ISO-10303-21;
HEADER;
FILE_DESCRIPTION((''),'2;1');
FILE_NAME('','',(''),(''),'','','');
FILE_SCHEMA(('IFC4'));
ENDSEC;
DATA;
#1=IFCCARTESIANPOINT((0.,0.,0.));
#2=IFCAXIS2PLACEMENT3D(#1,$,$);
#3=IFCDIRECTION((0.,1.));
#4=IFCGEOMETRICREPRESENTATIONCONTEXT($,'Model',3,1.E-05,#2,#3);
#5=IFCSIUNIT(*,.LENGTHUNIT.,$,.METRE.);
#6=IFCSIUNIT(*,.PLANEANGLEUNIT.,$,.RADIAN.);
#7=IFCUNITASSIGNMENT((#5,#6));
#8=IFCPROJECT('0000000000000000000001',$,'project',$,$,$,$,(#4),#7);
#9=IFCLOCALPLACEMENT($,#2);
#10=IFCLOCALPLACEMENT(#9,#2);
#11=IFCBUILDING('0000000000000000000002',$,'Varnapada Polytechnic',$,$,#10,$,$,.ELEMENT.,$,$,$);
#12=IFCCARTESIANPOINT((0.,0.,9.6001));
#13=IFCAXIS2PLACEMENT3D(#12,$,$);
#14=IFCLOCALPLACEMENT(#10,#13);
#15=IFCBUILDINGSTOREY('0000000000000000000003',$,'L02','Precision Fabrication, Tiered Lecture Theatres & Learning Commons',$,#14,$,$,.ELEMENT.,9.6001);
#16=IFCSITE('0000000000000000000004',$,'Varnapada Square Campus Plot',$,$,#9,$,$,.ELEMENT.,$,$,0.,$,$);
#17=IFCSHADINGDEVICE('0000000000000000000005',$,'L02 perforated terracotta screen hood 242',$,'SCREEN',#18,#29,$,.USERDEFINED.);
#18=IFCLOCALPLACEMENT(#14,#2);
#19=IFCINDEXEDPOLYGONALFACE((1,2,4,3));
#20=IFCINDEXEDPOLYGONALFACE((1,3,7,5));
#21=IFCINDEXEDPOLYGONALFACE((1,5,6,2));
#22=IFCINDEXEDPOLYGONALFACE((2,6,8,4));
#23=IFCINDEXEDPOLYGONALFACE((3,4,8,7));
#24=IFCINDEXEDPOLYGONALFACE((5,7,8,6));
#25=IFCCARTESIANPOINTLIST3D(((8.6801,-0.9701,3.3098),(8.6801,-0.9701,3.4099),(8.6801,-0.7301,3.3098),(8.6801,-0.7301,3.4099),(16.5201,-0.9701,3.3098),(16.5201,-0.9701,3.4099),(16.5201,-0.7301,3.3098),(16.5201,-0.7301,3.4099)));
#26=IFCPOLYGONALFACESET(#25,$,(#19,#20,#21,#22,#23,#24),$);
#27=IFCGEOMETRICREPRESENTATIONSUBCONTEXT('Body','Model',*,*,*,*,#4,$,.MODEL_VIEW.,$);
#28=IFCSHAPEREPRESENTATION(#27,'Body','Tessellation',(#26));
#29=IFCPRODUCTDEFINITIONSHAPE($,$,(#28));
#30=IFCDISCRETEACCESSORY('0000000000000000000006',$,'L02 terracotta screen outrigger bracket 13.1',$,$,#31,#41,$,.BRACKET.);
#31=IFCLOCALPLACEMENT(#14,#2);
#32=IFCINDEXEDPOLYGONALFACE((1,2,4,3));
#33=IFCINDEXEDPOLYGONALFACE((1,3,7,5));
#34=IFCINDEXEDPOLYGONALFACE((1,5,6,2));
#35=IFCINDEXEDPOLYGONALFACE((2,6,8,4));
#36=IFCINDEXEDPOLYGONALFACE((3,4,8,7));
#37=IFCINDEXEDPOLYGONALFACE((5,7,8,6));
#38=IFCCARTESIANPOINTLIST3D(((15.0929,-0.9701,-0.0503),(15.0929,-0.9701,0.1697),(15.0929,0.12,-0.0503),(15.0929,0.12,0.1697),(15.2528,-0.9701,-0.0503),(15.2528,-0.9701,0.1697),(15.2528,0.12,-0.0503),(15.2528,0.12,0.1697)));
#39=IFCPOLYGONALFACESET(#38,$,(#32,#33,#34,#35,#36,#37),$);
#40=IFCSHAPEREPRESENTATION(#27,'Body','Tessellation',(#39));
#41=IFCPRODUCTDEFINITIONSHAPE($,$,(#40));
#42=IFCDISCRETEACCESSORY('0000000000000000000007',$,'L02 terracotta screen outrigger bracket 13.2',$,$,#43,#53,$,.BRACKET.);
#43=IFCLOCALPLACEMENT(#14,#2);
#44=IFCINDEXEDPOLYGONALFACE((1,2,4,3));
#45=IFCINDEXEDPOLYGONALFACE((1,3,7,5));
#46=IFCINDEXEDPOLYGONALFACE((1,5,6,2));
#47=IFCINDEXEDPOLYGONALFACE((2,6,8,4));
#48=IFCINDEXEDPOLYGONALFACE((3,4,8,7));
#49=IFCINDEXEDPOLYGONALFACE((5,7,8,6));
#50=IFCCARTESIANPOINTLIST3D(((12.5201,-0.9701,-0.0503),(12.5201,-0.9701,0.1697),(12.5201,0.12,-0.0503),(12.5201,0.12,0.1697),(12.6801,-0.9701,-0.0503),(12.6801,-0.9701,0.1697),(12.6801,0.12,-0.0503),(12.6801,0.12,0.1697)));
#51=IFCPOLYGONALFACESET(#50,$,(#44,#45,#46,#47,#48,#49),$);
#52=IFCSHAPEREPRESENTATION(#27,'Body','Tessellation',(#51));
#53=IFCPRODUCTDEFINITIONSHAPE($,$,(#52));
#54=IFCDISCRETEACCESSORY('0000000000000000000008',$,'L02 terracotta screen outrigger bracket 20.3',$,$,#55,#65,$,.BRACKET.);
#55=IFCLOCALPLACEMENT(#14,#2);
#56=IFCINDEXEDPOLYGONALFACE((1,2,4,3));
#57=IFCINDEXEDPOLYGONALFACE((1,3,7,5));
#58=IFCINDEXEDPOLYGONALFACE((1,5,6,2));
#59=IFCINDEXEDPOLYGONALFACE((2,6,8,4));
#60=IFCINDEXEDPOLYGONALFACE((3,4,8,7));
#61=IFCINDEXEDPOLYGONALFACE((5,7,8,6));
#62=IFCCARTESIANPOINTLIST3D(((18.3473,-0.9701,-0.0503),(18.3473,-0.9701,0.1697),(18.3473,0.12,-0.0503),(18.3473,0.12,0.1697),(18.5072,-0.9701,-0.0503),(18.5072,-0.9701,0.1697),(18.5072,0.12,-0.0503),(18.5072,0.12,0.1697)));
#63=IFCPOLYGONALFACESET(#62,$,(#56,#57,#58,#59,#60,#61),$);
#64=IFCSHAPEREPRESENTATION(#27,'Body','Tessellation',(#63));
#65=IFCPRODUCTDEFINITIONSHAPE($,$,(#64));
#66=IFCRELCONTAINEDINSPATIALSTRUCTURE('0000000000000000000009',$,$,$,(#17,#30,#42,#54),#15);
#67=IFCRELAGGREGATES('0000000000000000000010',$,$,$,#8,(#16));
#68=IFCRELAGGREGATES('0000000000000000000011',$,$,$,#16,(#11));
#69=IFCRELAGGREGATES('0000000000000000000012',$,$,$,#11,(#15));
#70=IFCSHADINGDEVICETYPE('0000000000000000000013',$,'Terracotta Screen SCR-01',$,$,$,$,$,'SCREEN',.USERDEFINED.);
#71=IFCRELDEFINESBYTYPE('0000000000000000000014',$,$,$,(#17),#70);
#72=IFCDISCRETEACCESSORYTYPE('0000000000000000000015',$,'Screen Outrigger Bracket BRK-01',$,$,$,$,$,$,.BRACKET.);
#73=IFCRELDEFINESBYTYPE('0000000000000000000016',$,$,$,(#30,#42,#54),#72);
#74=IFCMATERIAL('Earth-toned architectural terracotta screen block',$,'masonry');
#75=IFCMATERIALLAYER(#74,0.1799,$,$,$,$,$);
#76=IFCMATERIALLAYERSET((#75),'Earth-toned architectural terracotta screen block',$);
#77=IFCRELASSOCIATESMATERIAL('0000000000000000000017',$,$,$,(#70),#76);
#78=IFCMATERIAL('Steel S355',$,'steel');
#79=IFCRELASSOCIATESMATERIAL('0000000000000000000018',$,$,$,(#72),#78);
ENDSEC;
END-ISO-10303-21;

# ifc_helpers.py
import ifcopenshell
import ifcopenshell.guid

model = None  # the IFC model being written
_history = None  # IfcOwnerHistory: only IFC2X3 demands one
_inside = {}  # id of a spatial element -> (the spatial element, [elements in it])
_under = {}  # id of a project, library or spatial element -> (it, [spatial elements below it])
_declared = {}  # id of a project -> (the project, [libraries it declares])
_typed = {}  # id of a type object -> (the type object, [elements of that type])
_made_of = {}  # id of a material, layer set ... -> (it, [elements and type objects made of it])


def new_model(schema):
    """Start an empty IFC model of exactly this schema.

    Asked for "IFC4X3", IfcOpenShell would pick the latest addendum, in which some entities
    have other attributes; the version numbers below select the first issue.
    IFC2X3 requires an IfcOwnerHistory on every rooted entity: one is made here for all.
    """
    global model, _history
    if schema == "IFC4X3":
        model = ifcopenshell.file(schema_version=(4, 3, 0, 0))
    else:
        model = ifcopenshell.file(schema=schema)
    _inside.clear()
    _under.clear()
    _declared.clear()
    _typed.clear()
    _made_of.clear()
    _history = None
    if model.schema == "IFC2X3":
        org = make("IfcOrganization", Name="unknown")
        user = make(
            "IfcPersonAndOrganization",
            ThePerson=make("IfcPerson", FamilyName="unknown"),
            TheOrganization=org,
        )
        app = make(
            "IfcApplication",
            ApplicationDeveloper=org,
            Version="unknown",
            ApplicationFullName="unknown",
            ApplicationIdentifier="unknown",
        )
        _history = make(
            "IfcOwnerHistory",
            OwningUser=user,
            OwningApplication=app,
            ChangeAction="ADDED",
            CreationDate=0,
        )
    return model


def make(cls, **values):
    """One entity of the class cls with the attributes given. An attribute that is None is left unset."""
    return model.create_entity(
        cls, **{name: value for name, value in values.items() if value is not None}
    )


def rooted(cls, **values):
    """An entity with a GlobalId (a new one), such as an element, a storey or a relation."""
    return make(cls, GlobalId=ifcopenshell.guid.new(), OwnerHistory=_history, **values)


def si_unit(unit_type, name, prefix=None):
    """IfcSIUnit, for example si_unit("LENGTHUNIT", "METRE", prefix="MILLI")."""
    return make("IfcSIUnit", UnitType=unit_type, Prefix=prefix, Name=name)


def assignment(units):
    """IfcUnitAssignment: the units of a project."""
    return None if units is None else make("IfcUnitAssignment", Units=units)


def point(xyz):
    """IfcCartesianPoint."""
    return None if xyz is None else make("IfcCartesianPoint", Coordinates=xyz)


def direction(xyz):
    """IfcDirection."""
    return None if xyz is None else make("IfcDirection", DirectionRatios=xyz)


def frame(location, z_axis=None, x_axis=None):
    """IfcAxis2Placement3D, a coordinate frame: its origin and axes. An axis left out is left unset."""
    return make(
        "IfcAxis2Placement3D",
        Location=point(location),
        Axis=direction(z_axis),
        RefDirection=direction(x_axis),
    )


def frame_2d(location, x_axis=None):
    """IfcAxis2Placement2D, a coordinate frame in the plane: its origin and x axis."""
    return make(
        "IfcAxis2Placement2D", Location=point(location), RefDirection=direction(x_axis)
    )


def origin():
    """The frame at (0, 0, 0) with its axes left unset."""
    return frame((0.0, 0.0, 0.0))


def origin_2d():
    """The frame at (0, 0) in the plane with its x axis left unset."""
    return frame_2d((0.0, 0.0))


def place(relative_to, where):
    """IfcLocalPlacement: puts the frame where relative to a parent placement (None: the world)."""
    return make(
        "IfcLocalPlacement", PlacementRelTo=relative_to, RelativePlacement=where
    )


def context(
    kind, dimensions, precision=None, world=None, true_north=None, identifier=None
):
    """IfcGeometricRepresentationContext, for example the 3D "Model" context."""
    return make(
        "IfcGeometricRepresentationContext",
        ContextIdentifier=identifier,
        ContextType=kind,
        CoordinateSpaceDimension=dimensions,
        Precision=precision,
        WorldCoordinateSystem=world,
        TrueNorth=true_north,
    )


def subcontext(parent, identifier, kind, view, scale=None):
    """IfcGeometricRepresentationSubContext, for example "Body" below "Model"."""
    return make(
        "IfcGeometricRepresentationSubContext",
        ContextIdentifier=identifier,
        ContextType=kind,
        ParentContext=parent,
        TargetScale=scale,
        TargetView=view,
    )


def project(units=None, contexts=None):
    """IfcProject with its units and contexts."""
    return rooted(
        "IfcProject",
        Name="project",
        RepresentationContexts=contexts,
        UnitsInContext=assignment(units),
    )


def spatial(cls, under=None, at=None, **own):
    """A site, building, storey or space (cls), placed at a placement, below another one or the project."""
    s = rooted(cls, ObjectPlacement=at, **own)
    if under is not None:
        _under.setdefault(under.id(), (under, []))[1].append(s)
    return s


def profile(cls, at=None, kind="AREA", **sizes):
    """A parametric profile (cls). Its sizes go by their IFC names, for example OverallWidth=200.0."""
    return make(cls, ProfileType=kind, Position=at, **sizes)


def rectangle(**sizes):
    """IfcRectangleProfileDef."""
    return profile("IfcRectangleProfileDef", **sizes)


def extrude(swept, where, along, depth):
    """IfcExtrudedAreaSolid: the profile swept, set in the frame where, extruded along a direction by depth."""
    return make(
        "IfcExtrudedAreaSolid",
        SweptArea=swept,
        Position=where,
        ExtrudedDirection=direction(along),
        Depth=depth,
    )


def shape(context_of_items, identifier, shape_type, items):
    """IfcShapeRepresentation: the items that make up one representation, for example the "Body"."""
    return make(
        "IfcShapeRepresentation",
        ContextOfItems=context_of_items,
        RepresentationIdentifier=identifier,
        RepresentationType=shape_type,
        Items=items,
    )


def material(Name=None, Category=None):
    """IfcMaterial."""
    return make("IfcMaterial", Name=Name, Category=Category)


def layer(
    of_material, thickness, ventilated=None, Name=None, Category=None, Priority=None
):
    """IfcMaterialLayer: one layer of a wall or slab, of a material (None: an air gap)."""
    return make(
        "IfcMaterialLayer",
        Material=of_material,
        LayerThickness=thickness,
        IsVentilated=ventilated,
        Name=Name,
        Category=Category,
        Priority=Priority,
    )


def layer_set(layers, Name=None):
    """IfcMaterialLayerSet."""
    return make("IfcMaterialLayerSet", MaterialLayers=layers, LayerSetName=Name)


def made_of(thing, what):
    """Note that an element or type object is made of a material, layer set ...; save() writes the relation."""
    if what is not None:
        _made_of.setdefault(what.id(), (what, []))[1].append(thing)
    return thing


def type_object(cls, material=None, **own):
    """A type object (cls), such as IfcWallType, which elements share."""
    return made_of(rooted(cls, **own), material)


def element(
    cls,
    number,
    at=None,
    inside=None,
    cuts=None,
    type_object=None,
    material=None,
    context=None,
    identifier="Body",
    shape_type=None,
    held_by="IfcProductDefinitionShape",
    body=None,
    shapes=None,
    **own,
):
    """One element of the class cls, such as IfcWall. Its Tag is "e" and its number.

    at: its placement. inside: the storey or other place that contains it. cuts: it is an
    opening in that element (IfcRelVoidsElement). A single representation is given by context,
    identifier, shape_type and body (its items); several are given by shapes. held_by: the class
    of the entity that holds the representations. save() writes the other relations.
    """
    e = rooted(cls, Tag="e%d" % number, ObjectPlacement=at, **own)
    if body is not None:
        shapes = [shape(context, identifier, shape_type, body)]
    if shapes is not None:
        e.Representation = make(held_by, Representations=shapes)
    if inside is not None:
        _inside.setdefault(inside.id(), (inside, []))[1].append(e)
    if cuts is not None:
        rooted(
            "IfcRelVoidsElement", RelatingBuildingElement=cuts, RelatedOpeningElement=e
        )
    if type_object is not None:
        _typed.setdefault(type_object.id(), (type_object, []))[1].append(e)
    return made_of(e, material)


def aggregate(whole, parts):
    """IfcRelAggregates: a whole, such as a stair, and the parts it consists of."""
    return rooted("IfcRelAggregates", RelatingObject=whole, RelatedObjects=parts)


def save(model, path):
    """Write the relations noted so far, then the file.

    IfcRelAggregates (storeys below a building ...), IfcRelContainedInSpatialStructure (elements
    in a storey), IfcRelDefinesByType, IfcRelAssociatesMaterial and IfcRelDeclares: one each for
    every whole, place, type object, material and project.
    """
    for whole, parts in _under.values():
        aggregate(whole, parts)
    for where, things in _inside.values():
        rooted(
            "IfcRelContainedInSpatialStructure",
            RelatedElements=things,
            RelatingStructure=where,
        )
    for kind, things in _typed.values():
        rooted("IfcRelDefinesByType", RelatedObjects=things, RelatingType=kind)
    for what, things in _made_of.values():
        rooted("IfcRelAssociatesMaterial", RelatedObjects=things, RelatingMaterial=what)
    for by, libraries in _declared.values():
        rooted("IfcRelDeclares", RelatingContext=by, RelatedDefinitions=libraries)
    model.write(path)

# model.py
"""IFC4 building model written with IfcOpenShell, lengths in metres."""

from ifc_helpers import new_model, si_unit, direction, frame, origin, origin_2d, place, context, subcontext, project, spatial, rectangle, extrude, material, layer, layer_set, type_object, element, save


model = new_model("IFC4")

# Units and contexts
model_context = context("Model", 3, precision=1e-05, world=origin(), true_north=direction((0.0, 1.0)))
body_context = subcontext(model_context, "Body", "Model", "MODEL_VIEW")
ifc_project = project(units=[si_unit("LENGTHUNIT", "METRE"), si_unit("PLANEANGLEUNIT", "RADIAN")], contexts=[model_context])

# Site, building, storey
site_placement = place(None, origin())
site = spatial("IfcSite", under=ifc_project, at=site_placement, Name="Varnapada Square Campus Plot", CompositionType="ELEMENT", RefElevation=0.0)
building_placement = place(site_placement, origin())
building = spatial("IfcBuilding", under=site, at=building_placement, Name="Varnapada Polytechnic", CompositionType="ELEMENT")
storey_placement = place(building_placement, frame((0.0, 0.0, 9.6001)))
storey = spatial("IfcBuildingStorey", under=building, at=storey_placement, Name="L02", Description="Precision Fabrication, Tiered Lecture Theatres & Learning Commons", CompositionType="ELEMENT", Elevation=9.6001)

# Shared definitions
ifc_material_1 = material(Name="Earth-toned architectural terracotta screen block", Category="masonry")

# Shading device
ifc_layer_1 = layer(ifc_material_1, 0.1799)
ifc_layer_set_1 = layer_set([ifc_layer_1], Name="Earth-toned architectural terracotta screen block")
shading_device_type_1 = type_object("IfcShadingDeviceType", Name="Terracotta Screen SCR-01", ElementType="SCREEN", PredefinedType="USERDEFINED", material=ifc_layer_set_1)
shading_device_1_placement = place(storey_placement, frame((12.6001, -0.8501, 3.3098), z_axis=(0.0, 0.0, 1.0), x_axis=(-1.0, 0.0, 0.0)))
element("IfcShadingDevice", 1, at=shading_device_1_placement, inside=storey, type_object=shading_device_type_1, Name="L02 perforated terracotta screen hood 242", ObjectType="SCREEN", PredefinedType="USERDEFINED", context=body_context, shape_type="SweptSolid", body=[
    extrude(rectangle(XDim=7.8401, YDim=0.24, at=origin_2d()), origin(), (0.0, 0.0, 1.0), 0.1001),
])

# Discrete accessories
ifc_material_2 = material(Name="Steel S355", Category="steel")
discrete_accessory_type = type_object("IfcDiscreteAccessoryType", Name="Screen Outrigger Bracket BRK-01", PredefinedType="BRACKET", material=ifc_material_2)
for number, where, z_axis, x_axis, name in (
    (2, (15.1729, -0.425, -0.0503), (0.0, 0.0, 1.0), (-1.0, 0.0, 0.0), "L02 terracotta screen outrigger bracket 13.1"),
    (3, (12.6001, -0.425, -0.0503), (0.0, 0.0, 1.0), (-1.0, 0.0, 0.0), "L02 terracotta screen outrigger bracket 13.2"),
    (4, (18.4272, -0.425, -0.0503), (0.0, 0.0, 1.0), (-1.0, 0.0, 0.0), "L02 terracotta screen outrigger bracket 20.3"),
):
    element("IfcDiscreteAccessory", number, at=place(storey_placement, frame(where, z_axis=z_axis, x_axis=x_axis)), inside=storey, type_object=discrete_accessory_type, Name=name, PredefinedType="BRACKET", context=body_context, shape_type="SweptSolid", body=[
        extrude(rectangle(XDim=0.1599, YDim=1.0901, at=origin_2d()), origin(), (0.0, 0.0, 1.0), 0.22),
    ])

save(model, "model.ifc")
